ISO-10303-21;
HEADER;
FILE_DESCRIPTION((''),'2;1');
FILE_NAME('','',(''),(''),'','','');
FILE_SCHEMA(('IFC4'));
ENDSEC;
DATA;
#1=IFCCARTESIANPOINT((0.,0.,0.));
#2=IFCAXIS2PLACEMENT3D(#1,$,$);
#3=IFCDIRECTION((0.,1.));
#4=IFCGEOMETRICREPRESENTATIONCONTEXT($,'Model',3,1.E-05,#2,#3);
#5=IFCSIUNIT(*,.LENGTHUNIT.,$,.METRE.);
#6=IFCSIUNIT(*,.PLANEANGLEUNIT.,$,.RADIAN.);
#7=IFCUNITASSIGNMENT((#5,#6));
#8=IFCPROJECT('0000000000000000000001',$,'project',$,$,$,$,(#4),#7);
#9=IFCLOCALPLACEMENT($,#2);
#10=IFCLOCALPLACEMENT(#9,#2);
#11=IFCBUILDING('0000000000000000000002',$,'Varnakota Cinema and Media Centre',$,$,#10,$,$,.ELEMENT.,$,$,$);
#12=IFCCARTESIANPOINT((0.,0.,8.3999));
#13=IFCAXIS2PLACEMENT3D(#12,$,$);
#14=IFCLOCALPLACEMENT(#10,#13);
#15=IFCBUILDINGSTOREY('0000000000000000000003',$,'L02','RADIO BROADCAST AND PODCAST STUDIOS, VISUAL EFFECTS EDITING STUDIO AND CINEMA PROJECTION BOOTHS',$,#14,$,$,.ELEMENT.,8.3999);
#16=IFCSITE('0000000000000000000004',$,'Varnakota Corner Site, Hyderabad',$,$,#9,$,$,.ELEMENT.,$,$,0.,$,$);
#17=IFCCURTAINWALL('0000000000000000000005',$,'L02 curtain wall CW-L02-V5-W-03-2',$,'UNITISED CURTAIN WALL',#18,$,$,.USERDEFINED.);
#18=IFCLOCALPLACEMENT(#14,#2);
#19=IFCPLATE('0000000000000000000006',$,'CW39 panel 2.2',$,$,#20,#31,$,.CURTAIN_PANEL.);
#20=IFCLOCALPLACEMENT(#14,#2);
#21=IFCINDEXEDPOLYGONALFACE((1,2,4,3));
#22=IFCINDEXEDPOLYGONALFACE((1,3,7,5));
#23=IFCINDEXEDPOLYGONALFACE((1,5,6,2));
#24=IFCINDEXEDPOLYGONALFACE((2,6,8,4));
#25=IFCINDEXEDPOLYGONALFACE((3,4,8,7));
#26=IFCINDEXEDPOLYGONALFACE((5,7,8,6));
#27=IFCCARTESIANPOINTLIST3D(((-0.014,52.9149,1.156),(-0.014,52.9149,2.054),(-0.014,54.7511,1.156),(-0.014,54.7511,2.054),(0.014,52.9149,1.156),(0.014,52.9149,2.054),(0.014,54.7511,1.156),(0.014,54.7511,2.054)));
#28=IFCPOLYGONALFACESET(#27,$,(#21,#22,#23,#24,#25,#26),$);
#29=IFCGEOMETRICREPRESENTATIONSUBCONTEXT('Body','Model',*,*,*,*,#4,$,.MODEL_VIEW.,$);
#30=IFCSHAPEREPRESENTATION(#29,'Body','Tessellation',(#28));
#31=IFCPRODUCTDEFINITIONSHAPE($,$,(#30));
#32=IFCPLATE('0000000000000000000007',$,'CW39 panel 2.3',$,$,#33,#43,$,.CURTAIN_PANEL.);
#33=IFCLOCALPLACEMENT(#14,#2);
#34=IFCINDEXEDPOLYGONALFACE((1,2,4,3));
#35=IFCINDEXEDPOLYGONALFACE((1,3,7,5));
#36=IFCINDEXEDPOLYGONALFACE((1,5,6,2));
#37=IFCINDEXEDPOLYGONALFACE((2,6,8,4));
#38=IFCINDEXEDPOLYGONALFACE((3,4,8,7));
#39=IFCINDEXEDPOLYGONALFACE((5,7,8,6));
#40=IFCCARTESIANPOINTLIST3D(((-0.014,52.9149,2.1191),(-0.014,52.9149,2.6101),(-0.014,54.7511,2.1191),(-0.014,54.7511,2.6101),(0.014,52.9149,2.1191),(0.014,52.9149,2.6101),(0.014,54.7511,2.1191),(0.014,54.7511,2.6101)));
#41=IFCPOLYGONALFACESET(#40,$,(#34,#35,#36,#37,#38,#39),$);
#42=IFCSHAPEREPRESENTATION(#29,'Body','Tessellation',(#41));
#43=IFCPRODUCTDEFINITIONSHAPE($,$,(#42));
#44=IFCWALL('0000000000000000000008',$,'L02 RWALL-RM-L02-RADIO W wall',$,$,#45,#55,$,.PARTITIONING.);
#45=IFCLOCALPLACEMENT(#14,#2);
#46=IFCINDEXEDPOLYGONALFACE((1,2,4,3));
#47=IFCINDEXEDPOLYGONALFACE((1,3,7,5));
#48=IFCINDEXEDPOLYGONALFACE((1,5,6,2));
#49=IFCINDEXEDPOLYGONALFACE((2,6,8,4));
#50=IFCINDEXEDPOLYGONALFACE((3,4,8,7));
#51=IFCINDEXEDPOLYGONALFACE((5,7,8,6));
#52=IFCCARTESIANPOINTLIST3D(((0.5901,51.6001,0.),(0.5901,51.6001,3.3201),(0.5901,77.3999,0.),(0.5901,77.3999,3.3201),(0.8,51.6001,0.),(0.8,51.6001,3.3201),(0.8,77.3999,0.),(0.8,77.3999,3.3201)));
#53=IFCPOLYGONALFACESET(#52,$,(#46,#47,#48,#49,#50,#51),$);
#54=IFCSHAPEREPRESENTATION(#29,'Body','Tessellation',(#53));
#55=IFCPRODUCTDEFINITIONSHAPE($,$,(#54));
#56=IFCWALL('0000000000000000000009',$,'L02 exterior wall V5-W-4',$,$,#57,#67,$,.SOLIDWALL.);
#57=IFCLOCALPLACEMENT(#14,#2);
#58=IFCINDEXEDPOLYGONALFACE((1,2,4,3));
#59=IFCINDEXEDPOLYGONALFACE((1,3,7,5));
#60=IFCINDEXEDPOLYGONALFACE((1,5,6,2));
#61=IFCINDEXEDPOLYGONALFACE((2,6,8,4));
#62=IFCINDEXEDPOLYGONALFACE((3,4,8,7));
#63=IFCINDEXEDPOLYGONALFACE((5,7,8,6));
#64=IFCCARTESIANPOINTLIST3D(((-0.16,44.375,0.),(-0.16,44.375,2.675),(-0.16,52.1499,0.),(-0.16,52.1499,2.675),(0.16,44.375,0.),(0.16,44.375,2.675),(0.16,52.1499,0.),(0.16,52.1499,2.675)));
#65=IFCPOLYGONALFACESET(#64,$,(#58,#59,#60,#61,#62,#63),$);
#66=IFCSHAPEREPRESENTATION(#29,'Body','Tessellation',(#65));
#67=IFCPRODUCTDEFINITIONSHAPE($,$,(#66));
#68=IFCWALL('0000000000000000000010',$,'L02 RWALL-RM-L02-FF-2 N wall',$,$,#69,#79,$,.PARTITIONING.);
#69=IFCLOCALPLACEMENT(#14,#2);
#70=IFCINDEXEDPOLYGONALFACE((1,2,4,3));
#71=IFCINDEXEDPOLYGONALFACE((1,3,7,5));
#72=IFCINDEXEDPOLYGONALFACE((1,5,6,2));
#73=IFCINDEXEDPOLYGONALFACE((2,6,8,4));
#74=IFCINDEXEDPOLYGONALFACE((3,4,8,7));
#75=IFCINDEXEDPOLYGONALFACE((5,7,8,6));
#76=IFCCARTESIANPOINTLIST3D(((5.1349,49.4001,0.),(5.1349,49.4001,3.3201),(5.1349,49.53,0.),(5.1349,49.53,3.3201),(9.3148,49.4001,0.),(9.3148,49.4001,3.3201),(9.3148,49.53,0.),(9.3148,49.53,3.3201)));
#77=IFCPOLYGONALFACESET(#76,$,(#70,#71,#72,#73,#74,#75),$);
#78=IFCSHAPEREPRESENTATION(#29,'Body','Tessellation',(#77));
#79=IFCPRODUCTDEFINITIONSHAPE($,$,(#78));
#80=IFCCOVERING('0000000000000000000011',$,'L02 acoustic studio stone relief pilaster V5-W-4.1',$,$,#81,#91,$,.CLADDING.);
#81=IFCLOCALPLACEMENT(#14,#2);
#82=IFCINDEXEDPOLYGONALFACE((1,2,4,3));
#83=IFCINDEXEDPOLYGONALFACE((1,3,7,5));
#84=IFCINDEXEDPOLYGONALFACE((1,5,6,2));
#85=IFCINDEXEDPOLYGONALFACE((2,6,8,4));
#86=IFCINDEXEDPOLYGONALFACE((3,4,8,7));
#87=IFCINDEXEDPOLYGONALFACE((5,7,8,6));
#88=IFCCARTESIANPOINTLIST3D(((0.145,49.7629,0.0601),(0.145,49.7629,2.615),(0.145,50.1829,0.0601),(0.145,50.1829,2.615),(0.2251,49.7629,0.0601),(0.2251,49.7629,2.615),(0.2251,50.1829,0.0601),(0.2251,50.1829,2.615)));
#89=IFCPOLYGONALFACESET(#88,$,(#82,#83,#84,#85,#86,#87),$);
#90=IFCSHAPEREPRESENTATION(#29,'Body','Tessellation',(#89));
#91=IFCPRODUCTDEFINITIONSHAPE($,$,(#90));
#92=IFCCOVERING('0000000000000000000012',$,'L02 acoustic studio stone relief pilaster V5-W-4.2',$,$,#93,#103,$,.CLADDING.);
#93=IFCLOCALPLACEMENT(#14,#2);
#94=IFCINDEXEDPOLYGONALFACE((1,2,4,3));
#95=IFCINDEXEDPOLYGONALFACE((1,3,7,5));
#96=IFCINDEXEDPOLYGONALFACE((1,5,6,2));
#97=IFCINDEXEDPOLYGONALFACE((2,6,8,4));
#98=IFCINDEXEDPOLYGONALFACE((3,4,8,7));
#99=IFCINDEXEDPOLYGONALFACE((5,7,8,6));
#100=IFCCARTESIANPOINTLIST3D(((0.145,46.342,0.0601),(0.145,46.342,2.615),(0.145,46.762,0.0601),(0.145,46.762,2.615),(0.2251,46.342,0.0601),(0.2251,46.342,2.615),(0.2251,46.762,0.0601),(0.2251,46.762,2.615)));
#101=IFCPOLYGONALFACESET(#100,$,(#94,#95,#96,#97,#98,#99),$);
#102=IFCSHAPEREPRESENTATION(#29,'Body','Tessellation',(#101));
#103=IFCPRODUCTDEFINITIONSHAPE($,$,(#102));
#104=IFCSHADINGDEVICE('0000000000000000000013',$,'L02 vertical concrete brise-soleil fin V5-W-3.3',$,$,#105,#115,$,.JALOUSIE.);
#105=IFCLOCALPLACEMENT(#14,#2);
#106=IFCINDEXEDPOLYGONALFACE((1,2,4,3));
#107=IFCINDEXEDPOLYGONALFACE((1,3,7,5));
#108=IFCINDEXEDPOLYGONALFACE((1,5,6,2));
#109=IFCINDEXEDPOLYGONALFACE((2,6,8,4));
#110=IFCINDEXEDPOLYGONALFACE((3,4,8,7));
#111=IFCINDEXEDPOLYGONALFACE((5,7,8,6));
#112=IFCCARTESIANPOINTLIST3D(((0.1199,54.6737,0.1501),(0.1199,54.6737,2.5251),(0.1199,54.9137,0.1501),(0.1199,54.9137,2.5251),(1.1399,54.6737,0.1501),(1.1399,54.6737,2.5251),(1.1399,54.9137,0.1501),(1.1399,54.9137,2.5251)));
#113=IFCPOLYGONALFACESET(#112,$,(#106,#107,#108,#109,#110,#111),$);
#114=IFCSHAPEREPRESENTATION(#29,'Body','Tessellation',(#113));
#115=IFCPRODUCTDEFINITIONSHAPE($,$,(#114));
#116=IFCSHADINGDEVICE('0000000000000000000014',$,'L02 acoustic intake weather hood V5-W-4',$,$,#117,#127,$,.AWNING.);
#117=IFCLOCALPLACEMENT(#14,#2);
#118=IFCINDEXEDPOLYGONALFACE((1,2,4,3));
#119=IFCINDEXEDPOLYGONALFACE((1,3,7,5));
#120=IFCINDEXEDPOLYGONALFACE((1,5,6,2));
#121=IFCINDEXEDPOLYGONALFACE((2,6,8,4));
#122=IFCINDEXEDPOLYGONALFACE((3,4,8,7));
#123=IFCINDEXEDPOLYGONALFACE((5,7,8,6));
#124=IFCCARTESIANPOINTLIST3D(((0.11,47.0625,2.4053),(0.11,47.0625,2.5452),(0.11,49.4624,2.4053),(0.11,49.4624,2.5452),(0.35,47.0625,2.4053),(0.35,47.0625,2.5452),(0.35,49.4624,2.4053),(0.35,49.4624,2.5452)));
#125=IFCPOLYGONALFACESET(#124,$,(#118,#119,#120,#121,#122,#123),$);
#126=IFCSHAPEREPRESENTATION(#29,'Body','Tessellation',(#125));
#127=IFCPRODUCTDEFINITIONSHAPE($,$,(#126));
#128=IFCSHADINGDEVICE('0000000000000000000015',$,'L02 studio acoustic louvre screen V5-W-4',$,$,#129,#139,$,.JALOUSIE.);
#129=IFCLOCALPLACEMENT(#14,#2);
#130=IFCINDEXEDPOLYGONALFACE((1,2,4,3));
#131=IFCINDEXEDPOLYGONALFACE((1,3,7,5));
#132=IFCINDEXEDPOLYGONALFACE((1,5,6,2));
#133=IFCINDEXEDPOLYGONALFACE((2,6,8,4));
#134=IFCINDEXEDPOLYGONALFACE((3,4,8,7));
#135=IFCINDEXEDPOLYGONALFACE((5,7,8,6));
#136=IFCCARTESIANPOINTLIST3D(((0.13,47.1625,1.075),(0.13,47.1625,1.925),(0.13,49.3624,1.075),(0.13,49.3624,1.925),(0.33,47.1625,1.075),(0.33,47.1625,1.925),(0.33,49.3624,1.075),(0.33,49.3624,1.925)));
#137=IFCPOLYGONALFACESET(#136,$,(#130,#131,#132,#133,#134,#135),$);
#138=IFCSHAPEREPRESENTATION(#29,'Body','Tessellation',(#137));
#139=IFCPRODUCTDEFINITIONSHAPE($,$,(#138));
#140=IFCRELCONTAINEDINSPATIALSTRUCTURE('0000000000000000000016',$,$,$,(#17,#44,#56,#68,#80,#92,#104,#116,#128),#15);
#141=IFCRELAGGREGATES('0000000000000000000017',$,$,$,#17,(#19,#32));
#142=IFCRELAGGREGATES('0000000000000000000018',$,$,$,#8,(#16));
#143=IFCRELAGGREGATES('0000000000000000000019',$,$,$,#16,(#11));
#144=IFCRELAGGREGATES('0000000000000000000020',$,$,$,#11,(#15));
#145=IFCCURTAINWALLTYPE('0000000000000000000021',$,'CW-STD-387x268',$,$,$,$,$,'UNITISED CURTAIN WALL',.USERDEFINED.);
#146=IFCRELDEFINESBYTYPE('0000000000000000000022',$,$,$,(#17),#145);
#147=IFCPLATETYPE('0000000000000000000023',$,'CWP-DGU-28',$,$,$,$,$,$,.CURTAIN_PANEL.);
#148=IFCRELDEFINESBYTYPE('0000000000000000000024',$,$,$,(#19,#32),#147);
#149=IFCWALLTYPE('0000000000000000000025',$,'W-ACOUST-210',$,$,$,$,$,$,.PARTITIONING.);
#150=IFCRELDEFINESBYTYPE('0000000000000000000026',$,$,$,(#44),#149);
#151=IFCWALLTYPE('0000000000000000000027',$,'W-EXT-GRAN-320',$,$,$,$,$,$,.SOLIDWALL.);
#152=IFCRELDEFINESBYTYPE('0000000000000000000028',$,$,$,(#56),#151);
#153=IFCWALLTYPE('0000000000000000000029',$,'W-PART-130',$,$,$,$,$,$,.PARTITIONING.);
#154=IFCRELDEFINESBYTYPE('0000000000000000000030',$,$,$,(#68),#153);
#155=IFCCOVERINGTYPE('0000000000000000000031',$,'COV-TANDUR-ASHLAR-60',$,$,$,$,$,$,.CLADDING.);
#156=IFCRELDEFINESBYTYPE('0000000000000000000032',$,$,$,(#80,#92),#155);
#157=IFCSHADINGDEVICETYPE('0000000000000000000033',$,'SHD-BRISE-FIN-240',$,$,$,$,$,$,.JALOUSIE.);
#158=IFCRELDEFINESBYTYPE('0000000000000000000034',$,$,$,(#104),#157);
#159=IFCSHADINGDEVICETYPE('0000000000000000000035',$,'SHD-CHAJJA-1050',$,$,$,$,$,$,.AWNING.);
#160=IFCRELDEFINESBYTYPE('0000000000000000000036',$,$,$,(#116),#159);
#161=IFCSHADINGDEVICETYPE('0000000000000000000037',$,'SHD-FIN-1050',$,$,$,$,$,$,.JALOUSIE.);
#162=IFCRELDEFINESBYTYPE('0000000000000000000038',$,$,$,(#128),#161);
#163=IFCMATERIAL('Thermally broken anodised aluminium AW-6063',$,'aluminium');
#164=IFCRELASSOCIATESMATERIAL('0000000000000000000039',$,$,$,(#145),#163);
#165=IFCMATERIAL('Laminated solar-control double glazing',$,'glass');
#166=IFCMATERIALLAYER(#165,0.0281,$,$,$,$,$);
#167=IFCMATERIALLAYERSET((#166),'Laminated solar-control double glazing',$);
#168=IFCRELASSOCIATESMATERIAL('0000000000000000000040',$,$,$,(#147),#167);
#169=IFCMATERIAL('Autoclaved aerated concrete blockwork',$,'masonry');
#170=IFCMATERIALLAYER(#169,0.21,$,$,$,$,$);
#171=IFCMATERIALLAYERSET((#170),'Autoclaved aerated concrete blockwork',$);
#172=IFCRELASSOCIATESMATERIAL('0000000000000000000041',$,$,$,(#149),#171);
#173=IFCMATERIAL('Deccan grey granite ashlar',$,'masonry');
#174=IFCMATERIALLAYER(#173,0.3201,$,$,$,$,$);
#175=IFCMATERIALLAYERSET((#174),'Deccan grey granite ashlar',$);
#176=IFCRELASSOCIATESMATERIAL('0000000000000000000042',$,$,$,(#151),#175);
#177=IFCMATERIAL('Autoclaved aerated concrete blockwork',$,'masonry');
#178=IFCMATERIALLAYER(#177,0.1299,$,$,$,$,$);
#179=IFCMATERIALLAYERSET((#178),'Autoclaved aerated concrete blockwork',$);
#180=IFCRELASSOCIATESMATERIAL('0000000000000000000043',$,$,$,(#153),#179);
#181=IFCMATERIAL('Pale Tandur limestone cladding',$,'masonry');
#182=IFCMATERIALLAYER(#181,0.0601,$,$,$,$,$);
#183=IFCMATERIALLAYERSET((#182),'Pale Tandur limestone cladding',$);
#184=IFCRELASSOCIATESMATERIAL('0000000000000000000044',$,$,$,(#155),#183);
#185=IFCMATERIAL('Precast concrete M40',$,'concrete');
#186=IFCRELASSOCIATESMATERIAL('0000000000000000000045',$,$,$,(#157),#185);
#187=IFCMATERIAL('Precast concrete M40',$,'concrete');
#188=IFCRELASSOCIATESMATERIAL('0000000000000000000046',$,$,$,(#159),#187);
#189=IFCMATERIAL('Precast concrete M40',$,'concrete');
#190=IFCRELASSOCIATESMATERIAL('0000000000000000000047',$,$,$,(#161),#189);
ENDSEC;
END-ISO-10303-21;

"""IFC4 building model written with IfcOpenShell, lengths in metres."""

from ifc_helpers import new_model, si_unit, direction, frame, frame_2d, origin, origin_2d, place, context, subcontext, project, spatial, rectangle, extrude, material, layer, layer_set, type_object, element, aggregate, save


model = new_model("IFC4")

# Units and contexts
model_context = context("Model", 3, precision=1e-05, world=origin(), true_north=direction((0.0, 1.0)))
body_context = subcontext(model_context, "Body", "Model", "MODEL_VIEW")
ifc_project = project(units=[si_unit("LENGTHUNIT", "METRE"), si_unit("PLANEANGLEUNIT", "RADIAN")], contexts=[model_context])

# Site, building, storey
site_placement = place(None, origin())
site = spatial("IfcSite", under=ifc_project, at=site_placement, Name="Varnakota Corner Site, Hyderabad", CompositionType="ELEMENT", RefElevation=0.0)
building_placement = place(site_placement, origin())
building = spatial("IfcBuilding", under=site, at=building_placement, Name="Varnakota Cinema and Media Centre", CompositionType="ELEMENT")
storey_placement = place(building_placement, frame((0.0, 0.0, 8.3999)))
storey = spatial("IfcBuildingStorey", under=building, at=storey_placement, Name="L02", Description="RADIO BROADCAST AND PODCAST STUDIOS, VISUAL EFFECTS EDITING STUDIO AND CINEMA PROJECTION BOOTHS", CompositionType="ELEMENT", Elevation=8.3999)

# Curtain wall, plates
ifc_material_1 = material(Name="Thermally broken anodised aluminium AW-6063", Category="aluminium")
curtain_wall_type = type_object("IfcCurtainWallType", Name="CW-STD-387x268", ElementType="UNITISED CURTAIN WALL", PredefinedType="USERDEFINED", material=ifc_material_1)
curtain_wall_placement = place(storey_placement, origin())
curtain_wall = element("IfcCurtainWall", 1, at=curtain_wall_placement, inside=storey, type_object=curtain_wall_type, Name="L02 curtain wall CW-L02-V5-W-03-2", ObjectType="UNITISED CURTAIN WALL", PredefinedType="USERDEFINED")
ifc_material_2 = material(Name="Laminated solar-control double glazing", Category="glass")
ifc_layer_1 = layer(ifc_material_2, 0.0281)
ifc_layer_set_1 = layer_set([ifc_layer_1], Name="Laminated solar-control double glazing")
plate_type = type_object("IfcPlateType", Name="CWP-DGU-28", PredefinedType="CURTAIN_PANEL", material=ifc_layer_set_1)
plate_1_placement = place(storey_placement, frame((0.0, 53.833, 1.156), z_axis=(0.0, 0.0, 1.0), x_axis=(0.0, -1.0, 0.0)))
plate_1 = element("IfcPlate", 2, at=plate_1_placement, type_object=plate_type, Name="CW39 panel 2.2", PredefinedType="CURTAIN_PANEL", context=body_context, shape_type="SweptSolid", body=[
    extrude(rectangle(XDim=1.8362, YDim=0.0281, at=origin_2d()), origin(), (0.0, 0.0, 1.0), 0.8979),
])
plate_2_placement = place(storey_placement, frame((0.0, 53.833, 2.1191), z_axis=(0.0, 0.0, 1.0), x_axis=(0.0, -1.0, 0.0)))
plate_2 = element("IfcPlate", 3, at=plate_2_placement, type_object=plate_type, Name="CW39 panel 2.3", PredefinedType="CURTAIN_PANEL", context=body_context, shape_type="SweptSolid", body=[
    extrude(rectangle(XDim=1.8362, YDim=0.0281, at=origin_2d()), origin(), (0.0, 0.0, 1.0), 0.491),
])
aggregate(curtain_wall, [plate_1, plate_2])

# Walls
ifc_material_3 = material(Name="Autoclaved aerated concrete blockwork", Category="masonry")
ifc_layer_2 = layer(ifc_material_3, 0.21)
ifc_layer_set_2 = layer_set([ifc_layer_2], Name="Autoclaved aerated concrete blockwork")
wall_type_1 = type_object("IfcWallType", Name="W-ACOUST-210", PredefinedType="PARTITIONING", material=ifc_layer_set_2)
wall_1_placement = place(storey_placement, frame((0.6951, 51.6001, 0.0), z_axis=(0.0, 0.0, 1.0), x_axis=(0.0, 1.0, 0.0)))
element("IfcWall", 4, at=wall_1_placement, inside=storey, type_object=wall_type_1, Name="L02 RWALL-RM-L02-RADIO W wall", PredefinedType="PARTITIONING", context=body_context, shape_type="SweptSolid", body=[
    extrude(rectangle(XDim=25.7998, YDim=0.21, at=frame_2d((12.8999, 0.0))), origin(), (0.0, 0.0, 1.0), 3.3201),
])
ifc_material_4 = material(Name="Deccan grey granite ashlar", Category="masonry")
ifc_layer_3 = layer(ifc_material_4, 0.3201)
ifc_layer_set_3 = layer_set([ifc_layer_3], Name="Deccan grey granite ashlar")
wall_type_2 = type_object("IfcWallType", Name="W-EXT-GRAN-320", PredefinedType="SOLIDWALL", material=ifc_layer_set_3)
wall_2_placement = place(storey_placement, frame((0.0, 52.1499, 0.0), z_axis=(0.0, 0.0, 1.0), x_axis=(0.0, -1.0, 0.0)))
element("IfcWall", 5, at=wall_2_placement, inside=storey, type_object=wall_type_2, Name="L02 exterior wall V5-W-4", PredefinedType="SOLIDWALL", context=body_context, shape_type="SweptSolid", body=[
    extrude(rectangle(XDim=7.7749, YDim=0.3201, at=frame_2d((3.8875, 0.0))), origin(), (0.0, 0.0, 1.0), 2.675),
])
ifc_material_5 = material(Name="Autoclaved aerated concrete blockwork", Category="masonry")
ifc_layer_4 = layer(ifc_material_5, 0.1299)
ifc_layer_set_4 = layer_set([ifc_layer_4], Name="Autoclaved aerated concrete blockwork")
wall_type_3 = type_object("IfcWallType", Name="W-PART-130", PredefinedType="PARTITIONING", material=ifc_layer_set_4)
wall_3_placement = place(storey_placement, frame((5.135, 49.4651, 0.0), z_axis=(0.0, 0.0, 1.0), x_axis=(1.0, 0.0, 0.0)))
element("IfcWall", 6, at=wall_3_placement, inside=storey, type_object=wall_type_3, Name="L02 RWALL-RM-L02-FF-2 N wall", PredefinedType="PARTITIONING", context=body_context, shape_type="SweptSolid", body=[
    extrude(rectangle(XDim=4.1799, YDim=0.1299, at=frame_2d((2.0898, 0.0))), origin(), (0.0, 0.0, 1.0), 3.3201),
])

# Coverings
ifc_material_6 = material(Name="Pale Tandur limestone cladding", Category="masonry")
ifc_layer_5 = layer(ifc_material_6, 0.0601)
ifc_layer_set_5 = layer_set([ifc_layer_5], Name="Pale Tandur limestone cladding")
covering_type = type_object("IfcCoveringType", Name="COV-TANDUR-ASHLAR-60", PredefinedType="CLADDING", material=ifc_layer_set_5)
for number, where, z_axis, x_axis, name in (
    (7, (0.1851, 49.9729, 0.0601), (0.0, 0.0, 1.0), (0.0, -1.0, 0.0), "L02 acoustic studio stone relief pilaster V5-W-4.1"),
    (8, (0.1851, 46.552, 0.0601), (0.0, 0.0, 1.0), (0.0, -1.0, 0.0), "L02 acoustic studio stone relief pilaster V5-W-4.2"),
):
    element("IfcCovering", number, at=place(storey_placement, frame(where, z_axis=z_axis, x_axis=x_axis)), inside=storey, type_object=covering_type, Name=name, PredefinedType="CLADDING", context=body_context, shape_type="SweptSolid", body=[
        extrude(rectangle(XDim=0.4199, YDim=0.0801, at=origin_2d()), origin(), (0.0, 0.0, 1.0), 2.5549),
    ])

# Shading devices
ifc_material_7 = material(Name="Precast concrete M40", Category="concrete")
shading_device_type_1 = type_object("IfcShadingDeviceType", Name="SHD-BRISE-FIN-240", PredefinedType="JALOUSIE", material=ifc_material_7)
shading_device_1_placement = place(storey_placement, frame((0.6299, 54.7937, 0.1501), z_axis=(0.0, 0.0, 1.0), x_axis=(0.0, -1.0, 0.0)))
element("IfcShadingDevice", 9, at=shading_device_1_placement, inside=storey, type_object=shading_device_type_1, Name="L02 vertical concrete brise-soleil fin V5-W-3.3", PredefinedType="JALOUSIE", context=body_context, shape_type="SweptSolid", body=[
    extrude(rectangle(XDim=0.24, YDim=1.02, at=origin_2d()), origin(), (0.0, 0.0, 1.0), 2.375),
])
ifc_material_8 = material(Name="Precast concrete M40", Category="concrete")
shading_device_type_2 = type_object("IfcShadingDeviceType", Name="SHD-CHAJJA-1050", PredefinedType="AWNING", material=ifc_material_8)
shading_device_2_placement = place(storey_placement, frame((0.23, 48.2625, 2.4053), z_axis=(0.0, 0.0, 1.0), x_axis=(0.0, -1.0, 0.0)))
element("IfcShadingDevice", 10, at=shading_device_2_placement, inside=storey, type_object=shading_device_type_2, Name="L02 acoustic intake weather hood V5-W-4", PredefinedType="AWNING", context=body_context, shape_type="SweptSolid", body=[
    extrude(rectangle(XDim=2.3999, YDim=0.24, at=origin_2d()), origin(), (0.0, 0.0, 1.0), 0.1399),
])
ifc_material_9 = material(Name="Precast concrete M40", Category="concrete")
shading_device_type_3 = type_object("IfcShadingDeviceType", Name="SHD-FIN-1050", PredefinedType="JALOUSIE", material=ifc_material_9)
shading_device_3_placement = place(storey_placement, frame((0.23, 48.2625, 1.075), z_axis=(0.0, 0.0, 1.0), x_axis=(0.0, -1.0, 0.0)))
element("IfcShadingDevice", 11, at=shading_device_3_placement, inside=storey, type_object=shading_device_type_3, Name="L02 studio acoustic louvre screen V5-W-4", PredefinedType="JALOUSIE", context=body_context, shape_type="SweptSolid", body=[
    extrude(rectangle(XDim=2.2, YDim=0.2, at=origin_2d()), origin(), (0.0, 0.0, 1.0), 0.8501),
])

save(model, "model.ifc")
